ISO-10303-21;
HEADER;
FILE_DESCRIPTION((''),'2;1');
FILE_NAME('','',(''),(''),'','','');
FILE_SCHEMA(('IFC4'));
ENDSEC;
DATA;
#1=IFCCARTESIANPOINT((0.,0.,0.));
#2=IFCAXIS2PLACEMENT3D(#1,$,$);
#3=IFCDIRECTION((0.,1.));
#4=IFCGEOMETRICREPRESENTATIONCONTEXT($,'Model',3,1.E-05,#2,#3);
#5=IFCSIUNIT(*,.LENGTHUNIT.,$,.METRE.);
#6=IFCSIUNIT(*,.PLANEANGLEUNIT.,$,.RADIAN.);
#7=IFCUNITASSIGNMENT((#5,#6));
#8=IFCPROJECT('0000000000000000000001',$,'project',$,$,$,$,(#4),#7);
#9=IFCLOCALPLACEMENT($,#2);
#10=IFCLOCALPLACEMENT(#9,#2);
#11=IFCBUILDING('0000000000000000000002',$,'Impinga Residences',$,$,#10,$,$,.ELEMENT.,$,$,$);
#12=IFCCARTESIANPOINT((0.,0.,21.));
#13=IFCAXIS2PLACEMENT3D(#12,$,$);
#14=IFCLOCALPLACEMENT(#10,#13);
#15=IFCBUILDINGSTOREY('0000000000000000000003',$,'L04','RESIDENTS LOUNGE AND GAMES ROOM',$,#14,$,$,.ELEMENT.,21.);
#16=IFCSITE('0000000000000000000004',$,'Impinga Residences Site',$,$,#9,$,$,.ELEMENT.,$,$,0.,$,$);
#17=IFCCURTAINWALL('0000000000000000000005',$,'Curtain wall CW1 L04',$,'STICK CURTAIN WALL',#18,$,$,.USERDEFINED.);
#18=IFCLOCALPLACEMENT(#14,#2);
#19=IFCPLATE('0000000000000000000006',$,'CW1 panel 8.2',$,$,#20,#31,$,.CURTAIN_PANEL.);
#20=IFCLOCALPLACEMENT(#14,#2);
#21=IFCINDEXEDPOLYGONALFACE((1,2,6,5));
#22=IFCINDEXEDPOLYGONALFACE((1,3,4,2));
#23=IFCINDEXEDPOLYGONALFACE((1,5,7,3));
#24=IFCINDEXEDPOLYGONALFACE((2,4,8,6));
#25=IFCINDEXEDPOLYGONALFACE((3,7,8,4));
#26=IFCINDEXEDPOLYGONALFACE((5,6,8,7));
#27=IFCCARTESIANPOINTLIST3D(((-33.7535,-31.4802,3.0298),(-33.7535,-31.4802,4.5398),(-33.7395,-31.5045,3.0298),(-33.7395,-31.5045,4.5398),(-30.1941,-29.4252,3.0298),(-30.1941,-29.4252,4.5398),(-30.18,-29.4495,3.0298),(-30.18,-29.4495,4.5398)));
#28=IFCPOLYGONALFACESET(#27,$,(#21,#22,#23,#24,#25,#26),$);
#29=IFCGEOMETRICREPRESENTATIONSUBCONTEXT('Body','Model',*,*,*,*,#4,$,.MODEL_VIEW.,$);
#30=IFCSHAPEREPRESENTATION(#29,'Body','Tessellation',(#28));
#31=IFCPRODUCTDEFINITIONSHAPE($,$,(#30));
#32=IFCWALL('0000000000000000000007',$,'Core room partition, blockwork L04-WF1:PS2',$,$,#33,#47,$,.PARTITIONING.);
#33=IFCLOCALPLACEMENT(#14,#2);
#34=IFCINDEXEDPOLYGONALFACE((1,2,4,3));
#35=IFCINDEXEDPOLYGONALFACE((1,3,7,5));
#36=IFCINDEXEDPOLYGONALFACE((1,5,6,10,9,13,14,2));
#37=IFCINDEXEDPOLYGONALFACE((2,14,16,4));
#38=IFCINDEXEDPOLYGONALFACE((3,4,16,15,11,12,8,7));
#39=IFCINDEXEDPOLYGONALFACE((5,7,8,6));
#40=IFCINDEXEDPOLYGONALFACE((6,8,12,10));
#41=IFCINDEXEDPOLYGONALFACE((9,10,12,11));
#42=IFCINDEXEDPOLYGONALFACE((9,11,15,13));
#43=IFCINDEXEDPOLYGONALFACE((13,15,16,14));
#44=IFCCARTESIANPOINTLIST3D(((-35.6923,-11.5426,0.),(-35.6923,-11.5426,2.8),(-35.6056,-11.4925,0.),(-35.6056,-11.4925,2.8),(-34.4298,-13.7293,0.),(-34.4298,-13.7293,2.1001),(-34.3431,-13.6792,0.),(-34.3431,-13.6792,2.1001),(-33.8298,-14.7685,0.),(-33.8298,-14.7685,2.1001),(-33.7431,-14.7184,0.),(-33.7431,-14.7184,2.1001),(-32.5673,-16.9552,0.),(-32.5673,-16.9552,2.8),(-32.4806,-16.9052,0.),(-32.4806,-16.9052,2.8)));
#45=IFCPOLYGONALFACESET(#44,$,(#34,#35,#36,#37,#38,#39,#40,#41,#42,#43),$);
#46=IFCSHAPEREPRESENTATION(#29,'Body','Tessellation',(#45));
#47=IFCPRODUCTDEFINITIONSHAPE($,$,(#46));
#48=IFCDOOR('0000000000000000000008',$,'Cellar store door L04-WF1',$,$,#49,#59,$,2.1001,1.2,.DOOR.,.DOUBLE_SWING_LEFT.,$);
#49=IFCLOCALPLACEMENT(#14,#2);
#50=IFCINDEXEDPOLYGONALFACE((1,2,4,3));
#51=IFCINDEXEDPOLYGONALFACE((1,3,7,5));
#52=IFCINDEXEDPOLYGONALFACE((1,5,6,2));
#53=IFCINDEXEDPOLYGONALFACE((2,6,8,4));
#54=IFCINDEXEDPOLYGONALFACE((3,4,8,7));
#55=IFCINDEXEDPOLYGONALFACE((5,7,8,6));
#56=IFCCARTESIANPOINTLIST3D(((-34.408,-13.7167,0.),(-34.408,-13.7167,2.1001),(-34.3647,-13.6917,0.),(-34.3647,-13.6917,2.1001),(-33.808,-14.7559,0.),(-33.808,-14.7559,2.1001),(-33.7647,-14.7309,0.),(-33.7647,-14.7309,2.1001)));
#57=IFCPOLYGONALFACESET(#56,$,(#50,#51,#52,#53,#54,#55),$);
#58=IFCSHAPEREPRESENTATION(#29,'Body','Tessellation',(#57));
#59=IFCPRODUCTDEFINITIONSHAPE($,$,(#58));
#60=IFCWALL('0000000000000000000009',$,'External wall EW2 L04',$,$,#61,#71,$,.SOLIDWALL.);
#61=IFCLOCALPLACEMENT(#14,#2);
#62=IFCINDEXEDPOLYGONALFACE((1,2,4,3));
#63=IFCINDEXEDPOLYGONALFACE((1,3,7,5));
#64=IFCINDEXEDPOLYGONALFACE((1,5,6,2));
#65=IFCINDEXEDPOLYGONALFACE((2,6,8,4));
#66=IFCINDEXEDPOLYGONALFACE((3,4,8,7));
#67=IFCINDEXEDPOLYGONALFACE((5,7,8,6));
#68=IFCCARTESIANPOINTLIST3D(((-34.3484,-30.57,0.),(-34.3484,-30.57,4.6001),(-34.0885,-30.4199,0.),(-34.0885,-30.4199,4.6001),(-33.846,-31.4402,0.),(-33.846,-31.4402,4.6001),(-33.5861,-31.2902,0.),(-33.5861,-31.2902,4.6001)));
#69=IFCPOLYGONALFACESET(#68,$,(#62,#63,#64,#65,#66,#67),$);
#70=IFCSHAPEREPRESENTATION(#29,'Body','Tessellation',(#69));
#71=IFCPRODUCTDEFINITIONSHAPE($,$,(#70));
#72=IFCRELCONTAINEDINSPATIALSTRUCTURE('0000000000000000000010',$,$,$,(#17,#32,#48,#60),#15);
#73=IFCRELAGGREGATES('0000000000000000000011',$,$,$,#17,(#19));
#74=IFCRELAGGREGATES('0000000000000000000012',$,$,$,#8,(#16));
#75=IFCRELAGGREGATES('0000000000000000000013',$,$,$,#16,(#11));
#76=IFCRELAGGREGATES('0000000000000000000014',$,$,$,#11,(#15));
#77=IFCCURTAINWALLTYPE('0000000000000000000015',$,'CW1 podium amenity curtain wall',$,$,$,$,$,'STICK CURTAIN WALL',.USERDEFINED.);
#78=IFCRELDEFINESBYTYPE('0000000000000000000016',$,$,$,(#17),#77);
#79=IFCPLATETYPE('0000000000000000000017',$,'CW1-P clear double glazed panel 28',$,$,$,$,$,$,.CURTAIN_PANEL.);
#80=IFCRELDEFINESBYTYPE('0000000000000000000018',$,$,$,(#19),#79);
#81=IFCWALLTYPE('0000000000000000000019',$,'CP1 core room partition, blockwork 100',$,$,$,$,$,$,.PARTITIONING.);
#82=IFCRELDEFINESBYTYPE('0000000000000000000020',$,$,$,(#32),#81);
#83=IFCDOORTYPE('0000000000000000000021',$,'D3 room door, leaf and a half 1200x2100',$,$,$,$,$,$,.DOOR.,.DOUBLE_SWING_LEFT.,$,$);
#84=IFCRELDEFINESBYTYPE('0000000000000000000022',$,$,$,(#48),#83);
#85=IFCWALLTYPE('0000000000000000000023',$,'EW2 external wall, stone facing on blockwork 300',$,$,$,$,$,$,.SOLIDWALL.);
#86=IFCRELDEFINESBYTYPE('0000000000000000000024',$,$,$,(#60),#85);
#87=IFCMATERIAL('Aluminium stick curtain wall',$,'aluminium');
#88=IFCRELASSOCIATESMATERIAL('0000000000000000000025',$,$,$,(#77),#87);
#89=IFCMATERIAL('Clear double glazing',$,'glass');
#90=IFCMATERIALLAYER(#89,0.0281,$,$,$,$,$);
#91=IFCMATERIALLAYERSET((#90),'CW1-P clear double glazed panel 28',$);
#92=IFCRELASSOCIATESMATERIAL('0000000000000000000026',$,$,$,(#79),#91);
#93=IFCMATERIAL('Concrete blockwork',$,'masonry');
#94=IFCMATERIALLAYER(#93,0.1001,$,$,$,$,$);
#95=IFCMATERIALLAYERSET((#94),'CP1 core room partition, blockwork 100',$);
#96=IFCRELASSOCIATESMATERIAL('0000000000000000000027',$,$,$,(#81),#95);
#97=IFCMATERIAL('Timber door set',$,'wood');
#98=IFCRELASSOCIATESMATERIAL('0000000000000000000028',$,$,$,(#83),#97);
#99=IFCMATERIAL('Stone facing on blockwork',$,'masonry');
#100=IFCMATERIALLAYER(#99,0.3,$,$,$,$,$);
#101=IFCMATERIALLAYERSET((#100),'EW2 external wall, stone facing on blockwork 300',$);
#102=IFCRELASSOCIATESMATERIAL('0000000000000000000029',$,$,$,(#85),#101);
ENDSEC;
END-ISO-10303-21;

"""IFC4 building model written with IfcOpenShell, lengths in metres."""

from ifc_helpers import new_model, si_unit, direction, frame, frame_2d, origin, origin_2d, place, context, subcontext, project, spatial, rectangle, extrude, material, layer, layer_set, type_object, element, fill, aggregate, save


model = new_model("IFC4")

# Units and contexts
model_context = context("Model", 3, precision=1e-05, world=origin(), true_north=direction((0.0, 1.0)))
body_context = subcontext(model_context, "Body", "Model", "MODEL_VIEW")
ifc_project = project(units=[si_unit("LENGTHUNIT", "METRE"), si_unit("PLANEANGLEUNIT", "RADIAN")], contexts=[model_context])

# Site, building, storey
site_placement = place(None, origin())
site = spatial("IfcSite", under=ifc_project, at=site_placement, Name="Impinga Residences Site", CompositionType="ELEMENT", RefElevation=0.0)
building_placement = place(site_placement, origin())
building = spatial("IfcBuilding", under=site, at=building_placement, Name="Impinga Residences", CompositionType="ELEMENT")
storey_placement = place(building_placement, frame((0.0, 0.0, 21.0)))
storey = spatial("IfcBuildingStorey", under=building, at=storey_placement, Name="L04", Description="RESIDENTS LOUNGE AND GAMES ROOM", CompositionType="ELEMENT", Elevation=21.0)

# Curtain wall
ifc_material_1 = material(Name="Aluminium stick curtain wall", Category="aluminium")
curtain_wall_type = type_object("IfcCurtainWallType", Name="CW1 podium amenity curtain wall", ElementType="STICK CURTAIN WALL", PredefinedType="USERDEFINED", material=ifc_material_1)
curtain_wall_placement = place(storey_placement, origin())
curtain_wall = element("IfcCurtainWall", 1, at=curtain_wall_placement, inside=storey, type_object=curtain_wall_type, Name="Curtain wall CW1 L04", ObjectType="STICK CURTAIN WALL", PredefinedType="USERDEFINED")

# Plate
ifc_material_2 = material(Name="Clear double glazing", Category="glass")
ifc_layer_1 = layer(ifc_material_2, 0.0281)
ifc_layer_set_1 = layer_set([ifc_layer_1], Name="CW1-P clear double glazed panel 28")
plate_type = type_object("IfcPlateType", Name="CW1-P clear double glazed panel 28", PredefinedType="CURTAIN_PANEL", material=ifc_layer_set_1)
plate_1_placement = place(storey_placement, frame((-31.9668, -30.4648, 3.0298), z_axis=(0.0, 0.0, 1.0), x_axis=(-0.866025, -0.5, 0.0)))
plate_1 = element("IfcPlate", 2, at=plate_1_placement, type_object=plate_type, Name="CW1 panel 8.2", PredefinedType="CURTAIN_PANEL", context=body_context, shape_type="SweptSolid", body=[
    extrude(rectangle(XDim=4.1101, YDim=0.0281, at=origin_2d()), origin(), (0.0, 0.0, 1.0), 1.51),
])
aggregate(curtain_wall, [plate_1])

# Wall, opening, door
ifc_material_3 = material(Name="Concrete blockwork", Category="masonry")
ifc_layer_2 = layer(ifc_material_3, 0.1001)
ifc_layer_set_2 = layer_set([ifc_layer_2], Name="CP1 core room partition, blockwork 100")
wall_type_1 = type_object("IfcWallType", Name="CP1 core room partition, blockwork 100", PredefinedType="PARTITIONING", material=ifc_layer_set_2)
wall_1_placement = place(storey_placement, frame((-32.5239, -16.9302, 0.0), z_axis=(0.0, 0.0, 1.0), x_axis=(-0.500004, 0.866023, 0.0)))
wall_1 = element("IfcWall", 3, at=wall_1_placement, inside=storey, type_object=wall_type_1, Name="Core room partition, blockwork L04-WF1:PS2", PredefinedType="PARTITIONING", context=body_context, shape_type="SweptSolid", body=[
    extrude(rectangle(XDim=6.25, YDim=0.1001, at=frame_2d((3.125, 0.0))), origin(), (0.0, 0.0, 1.0), 2.8),
])
opening_placement = place(wall_1_placement, frame((2.5249, 0.0, 0.0)))
opening = element("IfcOpeningElement", 4, at=opening_placement, cuts=wall_1, PredefinedType="OPENING", context=body_context, shape_type="SweptSolid", body=[
    extrude(rectangle(XDim=1.2, YDim=2.1001, at=frame_2d((0.6001, 1.05))), frame((0.0, 0.0601, 0.0), z_axis=(0.0, -1.0, 0.0), x_axis=(1.0, 0.0, 0.0)), (0.0, 0.0, 1.0), 0.1201),
])
ifc_material_4 = material(Name="Timber door set", Category="wood")
door_type = type_object("IfcDoorType", Name="D3 room door, leaf and a half 1200x2100", OperationType="DOUBLE_SWING_LEFT", PredefinedType="DOOR", material=ifc_material_4)
door_placement = place(opening_placement, origin())
door = element("IfcDoor", 5, at=door_placement, inside=storey, type_object=door_type, Name="Cellar store door L04-WF1", OperationType="DOUBLE_SWING_LEFT", OverallHeight=2.1001, OverallWidth=1.2, PredefinedType="DOOR", context=body_context, shape_type="SweptSolid", body=[
    extrude(rectangle(XDim=1.2, YDim=2.1001, at=frame_2d((0.6001, 1.05))), frame((0.0, 0.0249, 0.0), z_axis=(0.0, -1.0, 0.0), x_axis=(1.0, 0.0, 0.0)), (0.0, 0.0, 1.0), 0.05),
])
fill(opening, door)

# Wall
ifc_material_5 = material(Name="Stone facing on blockwork", Category="masonry")
ifc_layer_3 = layer(ifc_material_5, 0.3)
ifc_layer_set_3 = layer_set([ifc_layer_3], Name="EW2 external wall, stone facing on blockwork 300")
wall_type_2 = type_object("IfcWallType", Name="EW2 external wall, stone facing on blockwork 300", PredefinedType="SOLIDWALL", material=ifc_layer_set_3)
wall_2_placement = place(storey_placement, frame((-33.7161, -31.3652, 0.0), z_axis=(0.0, 0.0, 1.0), x_axis=(-0.499954, 0.866052, 0.0)))
element("IfcWall", 6, at=wall_2_placement, inside=storey, type_object=wall_type_2, Name="External wall EW2 L04", PredefinedType="SOLIDWALL", context=body_context, shape_type="SweptSolid", body=[
    extrude(rectangle(XDim=1.0049, YDim=0.3, at=frame_2d((0.5024, 0.0))), origin(), (0.0, 0.0, 1.0), 4.6001),
])

save(model, "model.ifc")
